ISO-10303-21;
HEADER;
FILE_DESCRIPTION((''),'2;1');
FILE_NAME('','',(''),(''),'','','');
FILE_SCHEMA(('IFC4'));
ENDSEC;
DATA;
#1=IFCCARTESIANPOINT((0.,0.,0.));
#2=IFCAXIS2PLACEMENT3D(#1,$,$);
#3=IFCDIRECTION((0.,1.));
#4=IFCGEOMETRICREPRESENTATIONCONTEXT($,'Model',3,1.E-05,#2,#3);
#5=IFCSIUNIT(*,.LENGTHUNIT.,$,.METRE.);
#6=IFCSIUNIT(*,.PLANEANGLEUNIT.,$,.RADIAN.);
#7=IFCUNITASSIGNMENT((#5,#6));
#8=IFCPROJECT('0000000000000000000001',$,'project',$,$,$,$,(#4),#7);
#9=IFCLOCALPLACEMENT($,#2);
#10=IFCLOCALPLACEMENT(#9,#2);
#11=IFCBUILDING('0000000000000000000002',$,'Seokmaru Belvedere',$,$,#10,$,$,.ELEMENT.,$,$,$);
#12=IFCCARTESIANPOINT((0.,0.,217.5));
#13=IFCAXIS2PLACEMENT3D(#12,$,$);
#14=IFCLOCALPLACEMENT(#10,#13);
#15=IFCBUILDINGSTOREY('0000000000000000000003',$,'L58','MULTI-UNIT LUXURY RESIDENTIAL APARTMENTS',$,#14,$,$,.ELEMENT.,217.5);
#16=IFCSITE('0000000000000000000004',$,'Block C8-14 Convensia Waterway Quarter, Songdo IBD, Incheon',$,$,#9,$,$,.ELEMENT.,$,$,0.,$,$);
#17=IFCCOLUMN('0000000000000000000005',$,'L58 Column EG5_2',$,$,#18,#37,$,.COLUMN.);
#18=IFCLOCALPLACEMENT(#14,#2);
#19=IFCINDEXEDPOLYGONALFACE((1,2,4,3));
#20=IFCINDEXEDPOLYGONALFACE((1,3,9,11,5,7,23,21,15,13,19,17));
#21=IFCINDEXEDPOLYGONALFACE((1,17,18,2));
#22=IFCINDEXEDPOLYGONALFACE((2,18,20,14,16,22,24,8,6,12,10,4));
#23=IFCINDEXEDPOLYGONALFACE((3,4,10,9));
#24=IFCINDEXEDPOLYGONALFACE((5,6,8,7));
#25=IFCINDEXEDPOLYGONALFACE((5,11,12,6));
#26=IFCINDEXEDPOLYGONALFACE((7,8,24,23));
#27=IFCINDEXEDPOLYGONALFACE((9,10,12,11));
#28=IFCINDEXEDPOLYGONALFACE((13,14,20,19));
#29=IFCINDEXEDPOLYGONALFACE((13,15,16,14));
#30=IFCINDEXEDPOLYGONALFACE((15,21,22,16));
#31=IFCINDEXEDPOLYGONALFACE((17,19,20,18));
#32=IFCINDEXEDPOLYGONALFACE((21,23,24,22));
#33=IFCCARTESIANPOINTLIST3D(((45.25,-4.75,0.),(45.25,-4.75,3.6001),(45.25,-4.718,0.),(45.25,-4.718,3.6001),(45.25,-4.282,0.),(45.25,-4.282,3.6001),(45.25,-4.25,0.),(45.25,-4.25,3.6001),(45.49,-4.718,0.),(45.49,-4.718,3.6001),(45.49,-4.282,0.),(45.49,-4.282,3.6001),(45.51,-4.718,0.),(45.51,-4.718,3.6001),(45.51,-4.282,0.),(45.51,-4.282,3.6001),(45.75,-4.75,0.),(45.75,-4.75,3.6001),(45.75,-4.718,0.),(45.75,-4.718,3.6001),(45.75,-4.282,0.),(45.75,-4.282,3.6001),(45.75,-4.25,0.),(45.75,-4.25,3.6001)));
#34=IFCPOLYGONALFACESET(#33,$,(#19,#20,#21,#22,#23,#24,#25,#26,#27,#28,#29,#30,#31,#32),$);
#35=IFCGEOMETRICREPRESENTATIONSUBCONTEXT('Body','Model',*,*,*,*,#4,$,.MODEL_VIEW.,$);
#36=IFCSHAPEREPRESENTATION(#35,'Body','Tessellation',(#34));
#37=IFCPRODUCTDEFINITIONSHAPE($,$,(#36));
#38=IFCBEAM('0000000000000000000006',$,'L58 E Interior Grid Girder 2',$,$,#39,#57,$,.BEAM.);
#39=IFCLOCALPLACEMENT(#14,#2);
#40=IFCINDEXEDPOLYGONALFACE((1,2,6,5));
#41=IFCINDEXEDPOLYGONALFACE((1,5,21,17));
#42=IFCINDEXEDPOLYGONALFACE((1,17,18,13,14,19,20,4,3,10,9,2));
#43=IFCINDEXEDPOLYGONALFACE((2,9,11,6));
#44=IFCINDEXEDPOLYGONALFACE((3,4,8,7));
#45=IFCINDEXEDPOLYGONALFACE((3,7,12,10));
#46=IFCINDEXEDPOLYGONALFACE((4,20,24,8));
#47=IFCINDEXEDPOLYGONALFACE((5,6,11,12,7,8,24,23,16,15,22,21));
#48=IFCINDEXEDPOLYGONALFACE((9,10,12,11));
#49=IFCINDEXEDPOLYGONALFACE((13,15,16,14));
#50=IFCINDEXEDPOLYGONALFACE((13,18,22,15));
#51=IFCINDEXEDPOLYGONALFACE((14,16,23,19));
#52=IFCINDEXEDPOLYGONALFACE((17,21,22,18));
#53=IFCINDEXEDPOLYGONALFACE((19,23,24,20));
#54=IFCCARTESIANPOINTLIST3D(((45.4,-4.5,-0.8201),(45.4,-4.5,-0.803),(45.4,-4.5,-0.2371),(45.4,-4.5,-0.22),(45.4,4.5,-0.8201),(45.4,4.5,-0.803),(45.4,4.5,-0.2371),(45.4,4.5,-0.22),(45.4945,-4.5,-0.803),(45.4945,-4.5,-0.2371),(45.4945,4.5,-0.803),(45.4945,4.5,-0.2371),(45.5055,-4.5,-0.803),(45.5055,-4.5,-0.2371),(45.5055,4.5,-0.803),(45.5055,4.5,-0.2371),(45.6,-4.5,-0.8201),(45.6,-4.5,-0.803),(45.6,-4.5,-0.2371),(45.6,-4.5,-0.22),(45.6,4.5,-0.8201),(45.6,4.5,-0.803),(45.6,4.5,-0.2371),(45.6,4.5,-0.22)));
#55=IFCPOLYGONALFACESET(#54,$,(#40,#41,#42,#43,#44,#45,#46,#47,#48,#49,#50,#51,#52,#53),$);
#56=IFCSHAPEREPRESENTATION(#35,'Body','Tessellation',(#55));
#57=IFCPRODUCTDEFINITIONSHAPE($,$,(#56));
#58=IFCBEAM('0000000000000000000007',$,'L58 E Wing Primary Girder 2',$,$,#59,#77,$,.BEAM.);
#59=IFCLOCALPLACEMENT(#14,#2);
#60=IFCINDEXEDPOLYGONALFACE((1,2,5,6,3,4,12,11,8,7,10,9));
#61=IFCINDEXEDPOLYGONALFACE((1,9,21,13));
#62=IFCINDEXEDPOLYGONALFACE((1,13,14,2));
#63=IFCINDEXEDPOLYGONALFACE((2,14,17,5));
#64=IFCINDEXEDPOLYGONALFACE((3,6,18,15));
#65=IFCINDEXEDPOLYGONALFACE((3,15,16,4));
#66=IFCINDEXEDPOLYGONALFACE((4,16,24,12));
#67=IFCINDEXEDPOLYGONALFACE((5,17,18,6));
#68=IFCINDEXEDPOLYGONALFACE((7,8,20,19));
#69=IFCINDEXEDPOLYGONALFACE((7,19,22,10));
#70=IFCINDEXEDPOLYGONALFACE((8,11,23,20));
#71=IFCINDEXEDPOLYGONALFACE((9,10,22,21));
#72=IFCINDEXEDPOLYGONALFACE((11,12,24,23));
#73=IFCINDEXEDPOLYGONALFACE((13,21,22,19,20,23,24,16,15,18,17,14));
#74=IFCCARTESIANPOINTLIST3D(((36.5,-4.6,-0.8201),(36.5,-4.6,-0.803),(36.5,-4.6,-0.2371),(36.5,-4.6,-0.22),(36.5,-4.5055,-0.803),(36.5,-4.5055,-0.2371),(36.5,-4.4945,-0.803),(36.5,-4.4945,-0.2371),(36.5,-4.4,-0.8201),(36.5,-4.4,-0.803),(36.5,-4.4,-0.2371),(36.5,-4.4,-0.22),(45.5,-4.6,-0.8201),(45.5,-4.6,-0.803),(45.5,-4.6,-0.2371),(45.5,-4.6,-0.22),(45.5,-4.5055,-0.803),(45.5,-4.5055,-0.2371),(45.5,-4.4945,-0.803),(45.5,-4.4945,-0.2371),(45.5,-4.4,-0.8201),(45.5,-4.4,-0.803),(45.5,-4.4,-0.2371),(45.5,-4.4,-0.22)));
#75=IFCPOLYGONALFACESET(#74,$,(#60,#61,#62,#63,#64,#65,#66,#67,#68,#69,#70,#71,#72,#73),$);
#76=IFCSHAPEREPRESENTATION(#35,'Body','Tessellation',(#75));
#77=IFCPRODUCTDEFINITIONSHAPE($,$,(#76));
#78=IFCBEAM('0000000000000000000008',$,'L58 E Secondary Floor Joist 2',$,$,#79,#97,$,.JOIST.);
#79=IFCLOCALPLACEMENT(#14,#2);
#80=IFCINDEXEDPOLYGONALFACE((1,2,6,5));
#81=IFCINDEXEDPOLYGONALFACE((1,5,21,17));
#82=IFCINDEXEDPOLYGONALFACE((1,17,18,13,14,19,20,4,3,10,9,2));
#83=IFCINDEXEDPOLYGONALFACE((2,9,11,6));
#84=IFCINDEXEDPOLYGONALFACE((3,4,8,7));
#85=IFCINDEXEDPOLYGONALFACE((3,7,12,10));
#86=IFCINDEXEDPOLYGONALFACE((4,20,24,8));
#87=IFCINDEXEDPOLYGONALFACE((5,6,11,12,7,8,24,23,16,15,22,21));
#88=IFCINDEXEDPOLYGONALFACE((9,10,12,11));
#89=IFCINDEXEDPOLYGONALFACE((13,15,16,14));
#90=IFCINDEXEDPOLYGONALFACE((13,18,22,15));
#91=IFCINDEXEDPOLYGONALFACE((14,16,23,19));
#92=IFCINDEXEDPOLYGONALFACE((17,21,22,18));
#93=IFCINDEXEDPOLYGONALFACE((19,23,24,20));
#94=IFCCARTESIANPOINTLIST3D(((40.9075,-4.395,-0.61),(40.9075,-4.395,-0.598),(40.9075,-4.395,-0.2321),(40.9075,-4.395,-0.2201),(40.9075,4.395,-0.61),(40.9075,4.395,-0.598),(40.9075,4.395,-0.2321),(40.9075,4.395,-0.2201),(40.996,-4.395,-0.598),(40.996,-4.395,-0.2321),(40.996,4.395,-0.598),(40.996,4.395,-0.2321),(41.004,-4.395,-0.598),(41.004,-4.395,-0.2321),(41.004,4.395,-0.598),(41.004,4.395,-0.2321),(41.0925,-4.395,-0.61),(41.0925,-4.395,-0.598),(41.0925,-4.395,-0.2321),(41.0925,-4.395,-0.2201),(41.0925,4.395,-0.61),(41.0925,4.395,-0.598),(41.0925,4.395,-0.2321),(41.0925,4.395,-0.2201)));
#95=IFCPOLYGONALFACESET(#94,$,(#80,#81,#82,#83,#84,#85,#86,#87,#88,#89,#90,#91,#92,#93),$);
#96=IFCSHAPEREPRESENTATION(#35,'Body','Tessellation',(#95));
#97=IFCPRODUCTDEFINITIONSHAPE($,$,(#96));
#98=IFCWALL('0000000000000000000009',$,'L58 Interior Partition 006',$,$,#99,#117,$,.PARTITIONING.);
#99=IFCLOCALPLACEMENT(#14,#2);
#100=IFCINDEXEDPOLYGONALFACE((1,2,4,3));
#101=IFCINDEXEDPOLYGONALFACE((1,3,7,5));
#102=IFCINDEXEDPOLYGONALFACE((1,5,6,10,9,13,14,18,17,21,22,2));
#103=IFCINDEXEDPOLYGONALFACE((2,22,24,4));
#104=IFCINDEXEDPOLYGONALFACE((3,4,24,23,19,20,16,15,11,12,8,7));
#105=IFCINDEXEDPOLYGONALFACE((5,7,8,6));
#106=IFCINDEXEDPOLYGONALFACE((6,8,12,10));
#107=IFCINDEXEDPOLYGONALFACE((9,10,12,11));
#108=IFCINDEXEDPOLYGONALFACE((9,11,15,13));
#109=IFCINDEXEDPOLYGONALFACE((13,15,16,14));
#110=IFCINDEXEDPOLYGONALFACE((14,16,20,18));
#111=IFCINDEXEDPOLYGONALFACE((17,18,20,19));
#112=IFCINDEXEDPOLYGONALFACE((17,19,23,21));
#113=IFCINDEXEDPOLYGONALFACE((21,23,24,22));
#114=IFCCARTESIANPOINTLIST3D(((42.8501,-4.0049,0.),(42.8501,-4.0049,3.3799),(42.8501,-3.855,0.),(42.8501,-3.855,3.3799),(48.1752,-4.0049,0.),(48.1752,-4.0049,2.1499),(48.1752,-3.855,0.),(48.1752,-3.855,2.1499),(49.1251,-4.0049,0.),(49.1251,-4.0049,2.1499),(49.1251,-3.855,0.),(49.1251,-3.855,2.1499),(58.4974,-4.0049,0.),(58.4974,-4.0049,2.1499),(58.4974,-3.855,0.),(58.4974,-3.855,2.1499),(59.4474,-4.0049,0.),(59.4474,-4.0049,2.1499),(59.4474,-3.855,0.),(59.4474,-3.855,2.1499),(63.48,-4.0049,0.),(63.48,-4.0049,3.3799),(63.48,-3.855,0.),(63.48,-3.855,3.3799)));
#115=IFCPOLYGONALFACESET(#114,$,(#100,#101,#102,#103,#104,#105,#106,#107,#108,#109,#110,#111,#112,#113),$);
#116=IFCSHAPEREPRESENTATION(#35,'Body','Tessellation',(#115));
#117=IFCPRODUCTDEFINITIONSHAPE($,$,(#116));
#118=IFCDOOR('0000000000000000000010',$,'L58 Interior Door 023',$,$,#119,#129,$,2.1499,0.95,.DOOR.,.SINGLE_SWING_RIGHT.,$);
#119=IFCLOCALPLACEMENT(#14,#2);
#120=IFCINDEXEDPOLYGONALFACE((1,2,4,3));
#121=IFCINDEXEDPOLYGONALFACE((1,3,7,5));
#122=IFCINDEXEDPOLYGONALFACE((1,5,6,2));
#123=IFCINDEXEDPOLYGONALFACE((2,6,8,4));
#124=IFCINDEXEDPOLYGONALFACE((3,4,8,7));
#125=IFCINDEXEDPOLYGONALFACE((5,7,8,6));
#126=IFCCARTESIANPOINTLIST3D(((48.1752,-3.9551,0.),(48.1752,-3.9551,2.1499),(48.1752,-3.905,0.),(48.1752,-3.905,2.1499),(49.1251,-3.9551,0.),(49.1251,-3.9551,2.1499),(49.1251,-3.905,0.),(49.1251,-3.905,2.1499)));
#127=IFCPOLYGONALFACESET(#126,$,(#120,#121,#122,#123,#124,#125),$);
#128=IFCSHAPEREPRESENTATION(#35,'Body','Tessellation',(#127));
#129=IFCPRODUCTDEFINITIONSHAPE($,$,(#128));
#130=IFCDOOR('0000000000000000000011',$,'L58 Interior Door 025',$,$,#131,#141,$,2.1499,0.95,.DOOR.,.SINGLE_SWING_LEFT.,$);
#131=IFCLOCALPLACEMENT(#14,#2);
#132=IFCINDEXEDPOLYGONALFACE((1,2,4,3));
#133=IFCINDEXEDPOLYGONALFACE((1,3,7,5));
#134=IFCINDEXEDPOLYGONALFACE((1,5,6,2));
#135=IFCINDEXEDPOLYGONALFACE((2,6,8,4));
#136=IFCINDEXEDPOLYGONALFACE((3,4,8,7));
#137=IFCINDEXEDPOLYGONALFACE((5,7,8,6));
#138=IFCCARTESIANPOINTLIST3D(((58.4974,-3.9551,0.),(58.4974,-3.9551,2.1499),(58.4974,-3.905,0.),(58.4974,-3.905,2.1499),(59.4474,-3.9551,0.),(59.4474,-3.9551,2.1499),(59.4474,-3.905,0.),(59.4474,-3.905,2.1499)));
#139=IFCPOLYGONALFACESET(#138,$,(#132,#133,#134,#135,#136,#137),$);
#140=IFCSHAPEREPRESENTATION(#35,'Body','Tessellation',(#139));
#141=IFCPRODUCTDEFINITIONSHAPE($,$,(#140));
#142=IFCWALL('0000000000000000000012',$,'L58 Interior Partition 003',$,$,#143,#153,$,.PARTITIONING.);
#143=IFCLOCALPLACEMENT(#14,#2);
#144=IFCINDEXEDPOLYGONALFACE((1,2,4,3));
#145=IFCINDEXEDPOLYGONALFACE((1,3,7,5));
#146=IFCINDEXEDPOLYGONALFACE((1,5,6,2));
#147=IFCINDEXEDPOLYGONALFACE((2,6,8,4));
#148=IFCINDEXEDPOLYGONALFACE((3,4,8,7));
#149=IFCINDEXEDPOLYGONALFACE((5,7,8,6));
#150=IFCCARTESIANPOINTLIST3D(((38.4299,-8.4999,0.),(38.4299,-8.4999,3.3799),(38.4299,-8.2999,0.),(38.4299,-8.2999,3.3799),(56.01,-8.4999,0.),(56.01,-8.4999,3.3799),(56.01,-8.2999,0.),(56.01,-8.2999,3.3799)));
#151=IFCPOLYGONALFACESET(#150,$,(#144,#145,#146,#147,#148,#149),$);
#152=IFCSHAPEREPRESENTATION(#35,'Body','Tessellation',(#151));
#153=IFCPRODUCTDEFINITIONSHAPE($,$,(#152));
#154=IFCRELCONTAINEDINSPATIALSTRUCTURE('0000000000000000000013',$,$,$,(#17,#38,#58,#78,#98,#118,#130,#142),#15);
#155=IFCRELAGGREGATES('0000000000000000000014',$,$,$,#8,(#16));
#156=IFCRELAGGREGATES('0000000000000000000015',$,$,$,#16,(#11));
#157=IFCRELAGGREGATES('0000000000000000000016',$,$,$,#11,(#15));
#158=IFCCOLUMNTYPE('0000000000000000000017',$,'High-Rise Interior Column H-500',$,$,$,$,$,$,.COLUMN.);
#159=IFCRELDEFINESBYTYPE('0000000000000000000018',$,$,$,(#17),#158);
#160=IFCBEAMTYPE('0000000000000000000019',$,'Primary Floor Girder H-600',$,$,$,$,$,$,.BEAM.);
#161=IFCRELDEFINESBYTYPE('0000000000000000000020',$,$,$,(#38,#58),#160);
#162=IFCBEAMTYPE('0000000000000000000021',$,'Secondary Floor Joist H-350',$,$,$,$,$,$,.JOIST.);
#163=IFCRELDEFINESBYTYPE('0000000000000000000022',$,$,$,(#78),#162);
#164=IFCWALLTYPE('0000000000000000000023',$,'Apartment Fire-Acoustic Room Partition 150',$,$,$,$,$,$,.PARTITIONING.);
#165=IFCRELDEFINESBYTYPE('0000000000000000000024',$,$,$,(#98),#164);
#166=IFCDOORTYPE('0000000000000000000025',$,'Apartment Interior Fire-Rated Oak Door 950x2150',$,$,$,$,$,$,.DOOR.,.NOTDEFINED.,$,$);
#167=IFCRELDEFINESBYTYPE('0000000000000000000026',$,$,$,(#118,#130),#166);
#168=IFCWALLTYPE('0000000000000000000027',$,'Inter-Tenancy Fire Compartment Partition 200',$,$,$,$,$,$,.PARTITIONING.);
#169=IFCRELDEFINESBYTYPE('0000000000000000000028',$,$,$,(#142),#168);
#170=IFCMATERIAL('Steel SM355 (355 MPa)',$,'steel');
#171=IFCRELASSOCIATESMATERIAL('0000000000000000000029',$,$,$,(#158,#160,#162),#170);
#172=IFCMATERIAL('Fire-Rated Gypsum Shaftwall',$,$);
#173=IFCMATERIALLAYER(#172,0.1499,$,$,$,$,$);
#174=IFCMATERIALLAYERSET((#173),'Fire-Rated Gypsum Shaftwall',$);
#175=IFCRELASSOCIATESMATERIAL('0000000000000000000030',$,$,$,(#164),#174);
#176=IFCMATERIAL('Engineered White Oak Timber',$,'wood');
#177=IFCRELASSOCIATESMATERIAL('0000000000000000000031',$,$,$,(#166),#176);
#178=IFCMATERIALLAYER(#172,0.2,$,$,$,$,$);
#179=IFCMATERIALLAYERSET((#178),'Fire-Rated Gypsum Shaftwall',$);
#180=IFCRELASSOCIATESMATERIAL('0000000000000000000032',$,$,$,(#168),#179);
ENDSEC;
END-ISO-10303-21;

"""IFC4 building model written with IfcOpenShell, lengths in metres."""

from ifc_helpers import new_model, si_unit, direction, frame, frame_2d, origin, origin_2d, place, context, subcontext, project, spatial, rectangle, i_section, extrude, source, transform, mapped, material, layer, layer_set, material_profile, profile_set, type_object, type_shapes, element, fill, save


model = new_model("IFC4")

# Units and contexts
model_context = context("Model", 3, precision=1e-05, world=origin(), true_north=direction((0.0, 1.0)))
body_context = subcontext(model_context, "Body", "Model", "MODEL_VIEW")
ifc_project = project(units=[si_unit("LENGTHUNIT", "METRE"), si_unit("PLANEANGLEUNIT", "RADIAN")], contexts=[model_context])

# Site, building, storey
site_placement = place(None, origin())
site = spatial("IfcSite", under=ifc_project, at=site_placement, Name="Block C8-14 Convensia Waterway Quarter, Songdo IBD, Incheon", CompositionType="ELEMENT", RefElevation=0.0)
building_placement = place(site_placement, origin())
building = spatial("IfcBuilding", under=site, at=building_placement, Name="Seokmaru Belvedere", CompositionType="ELEMENT")
storey_placement = place(building_placement, frame((0.0, 0.0, 217.5)))
storey = spatial("IfcBuildingStorey", under=building, at=storey_placement, Name="L58", Description="MULTI-UNIT LUXURY RESIDENTIAL APARTMENTS", CompositionType="ELEMENT", Elevation=217.5)

# Column
ifc_material_1 = material(Name="Steel SM355 (355 MPa)", Category="steel")
ifc_material_profile_1 = material_profile(ifc_material_1, i_section(OverallWidth=0.5, OverallDepth=0.5, WebThickness=0.02, FlangeThickness=0.032, at=origin_2d()), Name="H-500x500x20x32")
ifc_profile_set_1 = profile_set([ifc_material_profile_1], Name="Steel SM355 (355 MPa)")
column_type = type_object("IfcColumnType", Name="High-Rise Interior Column H-500", PredefinedType="COLUMN", material=ifc_profile_set_1)
shared_shape_1 = source(origin(), body_context, "Body", "SweptSolid", [
    extrude(i_section(OverallWidth=0.5, OverallDepth=0.5, WebThickness=0.02, FlangeThickness=0.032, at=origin_2d()), origin(), (0.0, 0.0, 1.0), 3.6001),
])
type_shapes(column_type, [shared_shape_1])
column_placement = place(storey_placement, frame((45.5, -4.5, 0.0), z_axis=(0.0, 0.0, 1.0), x_axis=(1.0, 0.0, 0.0)))
element("IfcColumn", 1, at=column_placement, inside=storey, type_object=column_type, Name="L58 Column EG5_2", PredefinedType="COLUMN", context=body_context, shape_type="MappedRepresentation", body=[
    mapped(shared_shape_1, transform((0.0, 0.0, 0.0), scale=1.0)),
])

# Beams
ifc_material_profile_2 = material_profile(ifc_material_1, i_section(OverallWidth=0.2, OverallDepth=0.6001, WebThickness=0.011, FlangeThickness=0.0171, at=origin_2d()), Name="H-600x200x11x17")
ifc_profile_set_2 = profile_set([ifc_material_profile_2], Name="Steel SM355 (355 MPa)")
beam_type_1 = type_object("IfcBeamType", Name="Primary Floor Girder H-600", PredefinedType="BEAM", material=ifc_profile_set_2)
shared_shape_2 = source(origin(), body_context, "Body", "SweptSolid", [
    extrude(i_section(OverallWidth=0.2, OverallDepth=0.6001, WebThickness=0.011, FlangeThickness=0.0171, at=origin_2d()), origin(), (0.0, 0.0, 1.0), 9.0),
])
type_shapes(beam_type_1, [shared_shape_2])
for number, where, z_axis, x_axis, name in (
    (2, (45.5, -4.5, -0.52), (0.0, 1.0, 0.0), (-1.0, 0.0, 0.0), "L58 E Interior Grid Girder 2"),
    (3, (36.5, -4.5, -0.52), (1.0, 0.0, 0.0), (0.0, 1.0, 0.0), "L58 E Wing Primary Girder 2"),
):
    element("IfcBeam", number, at=place(storey_placement, frame(where, z_axis=z_axis, x_axis=x_axis)), inside=storey, type_object=beam_type_1, Name=name, PredefinedType="BEAM", context=body_context, shape_type="MappedRepresentation", body=[
        mapped(shared_shape_2, transform((0.0, 0.0, 0.0), scale=1.0)),
    ])
ifc_material_profile_3 = material_profile(ifc_material_1, i_section(OverallWidth=0.1851, OverallDepth=0.3899, WebThickness=0.0081, FlangeThickness=0.012, at=origin_2d()), Name="H-390x185x8x12")
ifc_profile_set_3 = profile_set([ifc_material_profile_3], Name="Steel SM355 (355 MPa)")
beam_type_2 = type_object("IfcBeamType", Name="Secondary Floor Joist H-350", PredefinedType="JOIST", material=ifc_profile_set_3)
shared_shape_3 = source(origin(), body_context, "Body", "SweptSolid", [
    extrude(i_section(OverallWidth=0.1851, OverallDepth=0.3899, WebThickness=0.0081, FlangeThickness=0.012, at=origin_2d()), origin(), (0.0, 0.0, 1.0), 8.79),
])
type_shapes(beam_type_2, [shared_shape_3])
beam_placement = place(storey_placement, frame((41.0, -4.395, -0.415), z_axis=(0.0, 1.0, 0.0), x_axis=(-1.0, 0.0, 0.0)))
element("IfcBeam", 4, at=beam_placement, inside=storey, type_object=beam_type_2, Name="L58 E Secondary Floor Joist 2", PredefinedType="JOIST", context=body_context, shape_type="MappedRepresentation", body=[
    mapped(shared_shape_3, transform((0.0, 0.0, 0.0), scale=1.0)),
])

# Wall, openings, doors
ifc_material_2 = material(Name="Fire-Rated Gypsum Shaftwall")
ifc_layer_1 = layer(ifc_material_2, 0.1499)
ifc_layer_set_1 = layer_set([ifc_layer_1], Name="Fire-Rated Gypsum Shaftwall")
wall_type_1 = type_object("IfcWallType", Name="Apartment Fire-Acoustic Room Partition 150", PredefinedType="PARTITIONING", material=ifc_layer_set_1)
wall_1_placement = place(storey_placement, frame((42.8501, -3.9299, 0.0), z_axis=(0.0, 0.0, 1.0), x_axis=(1.0, 0.0, 0.0)))
wall_1 = element("IfcWall", 5, at=wall_1_placement, inside=storey, type_object=wall_type_1, Name="L58 Interior Partition 006", PredefinedType="PARTITIONING", context=body_context, shape_type="SweptSolid", body=[
    extrude(rectangle(XDim=20.6299, YDim=0.1499, at=frame_2d((10.3149, 0.0))), origin(), (0.0, 0.0, 1.0), 3.3799),
])
opening_1_placement = place(wall_1_placement, frame((5.325, 0.0, 0.0)))
opening_1 = element("IfcOpeningElement", 6, at=opening_1_placement, cuts=wall_1, PredefinedType="OPENING", context=body_context, shape_type="SweptSolid", body=[
    extrude(rectangle(XDim=0.95, YDim=2.1499, at=frame_2d((0.4751, 1.075))), frame((0.0, 0.085, 0.0), z_axis=(0.0, -1.0, 0.0), x_axis=(1.0, 0.0, 0.0)), (0.0, 0.0, 1.0), 0.1699),
])
opening_2_placement = place(wall_1_placement, frame((15.6472, 0.0, 0.0)))
opening_2 = element("IfcOpeningElement", 7, at=opening_2_placement, cuts=wall_1, PredefinedType="OPENING", context=body_context, shape_type="SweptSolid", body=[
    extrude(rectangle(XDim=0.95, YDim=2.1499, at=frame_2d((0.4751, 1.075))), frame((0.0, 0.085, 0.0), z_axis=(0.0, -1.0, 0.0), x_axis=(1.0, 0.0, 0.0)), (0.0, 0.0, 1.0), 0.1699),
])
ifc_material_3 = material(Name="Engineered White Oak Timber", Category="wood")
door_type_1 = type_object("IfcDoorType", Name="Apartment Interior Fire-Rated Oak Door 950x2150", OperationType="NOTDEFINED", PredefinedType="DOOR", material=ifc_material_3)
shared_shape_4 = source(origin(), body_context, "Body", "SweptSolid", [
    extrude(rectangle(XDim=0.95, YDim=2.1499, at=frame_2d((0.4751, 1.075))), frame((0.0, 0.0249, 0.0), z_axis=(0.0, -1.0, 0.0), x_axis=(1.0, 0.0, 0.0)), (0.0, 0.0, 1.0), 0.05),
])
type_shapes(door_type_1, [shared_shape_4])
door_1_placement = place(opening_1_placement, origin())
door_1 = element("IfcDoor", 8, at=door_1_placement, inside=storey, type_object=door_type_1, Name="L58 Interior Door 023", OperationType="SINGLE_SWING_RIGHT", OverallHeight=2.1499, OverallWidth=0.95, PredefinedType="DOOR", context=body_context, shape_type="MappedRepresentation", body=[
    mapped(shared_shape_4, transform((0.0, 0.0, 0.0), scale=1.0)),
])
fill(opening_1, door_1)
door_2_placement = place(opening_2_placement, origin())
door_2 = element("IfcDoor", 9, at=door_2_placement, inside=storey, type_object=door_type_1, Name="L58 Interior Door 025", OperationType="SINGLE_SWING_LEFT", OverallHeight=2.1499, OverallWidth=0.95, PredefinedType="DOOR", context=body_context, shape_type="MappedRepresentation", body=[
    mapped(shared_shape_4, transform((0.0, 0.0, 0.0), scale=1.0)),
])
fill(opening_2, door_2)

# Wall
ifc_layer_2 = layer(ifc_material_2, 0.2)
ifc_layer_set_2 = layer_set([ifc_layer_2], Name="Fire-Rated Gypsum Shaftwall")
wall_type_2 = type_object("IfcWallType", Name="Inter-Tenancy Fire Compartment Partition 200", PredefinedType="PARTITIONING", material=ifc_layer_set_2)
wall_2_placement = place(storey_placement, frame((38.4299, -8.3999, 0.0), z_axis=(0.0, 0.0, 1.0), x_axis=(1.0, 0.0, 0.0)))
element("IfcWall", 10, at=wall_2_placement, inside=storey, type_object=wall_type_2, Name="L58 Interior Partition 003", PredefinedType="PARTITIONING", context=body_context, shape_type="SweptSolid", body=[
    extrude(rectangle(XDim=17.5801, YDim=0.2, at=frame_2d((8.79, 0.0))), origin(), (0.0, 0.0, 1.0), 3.3799),
])

save(model, "model.ifc")
